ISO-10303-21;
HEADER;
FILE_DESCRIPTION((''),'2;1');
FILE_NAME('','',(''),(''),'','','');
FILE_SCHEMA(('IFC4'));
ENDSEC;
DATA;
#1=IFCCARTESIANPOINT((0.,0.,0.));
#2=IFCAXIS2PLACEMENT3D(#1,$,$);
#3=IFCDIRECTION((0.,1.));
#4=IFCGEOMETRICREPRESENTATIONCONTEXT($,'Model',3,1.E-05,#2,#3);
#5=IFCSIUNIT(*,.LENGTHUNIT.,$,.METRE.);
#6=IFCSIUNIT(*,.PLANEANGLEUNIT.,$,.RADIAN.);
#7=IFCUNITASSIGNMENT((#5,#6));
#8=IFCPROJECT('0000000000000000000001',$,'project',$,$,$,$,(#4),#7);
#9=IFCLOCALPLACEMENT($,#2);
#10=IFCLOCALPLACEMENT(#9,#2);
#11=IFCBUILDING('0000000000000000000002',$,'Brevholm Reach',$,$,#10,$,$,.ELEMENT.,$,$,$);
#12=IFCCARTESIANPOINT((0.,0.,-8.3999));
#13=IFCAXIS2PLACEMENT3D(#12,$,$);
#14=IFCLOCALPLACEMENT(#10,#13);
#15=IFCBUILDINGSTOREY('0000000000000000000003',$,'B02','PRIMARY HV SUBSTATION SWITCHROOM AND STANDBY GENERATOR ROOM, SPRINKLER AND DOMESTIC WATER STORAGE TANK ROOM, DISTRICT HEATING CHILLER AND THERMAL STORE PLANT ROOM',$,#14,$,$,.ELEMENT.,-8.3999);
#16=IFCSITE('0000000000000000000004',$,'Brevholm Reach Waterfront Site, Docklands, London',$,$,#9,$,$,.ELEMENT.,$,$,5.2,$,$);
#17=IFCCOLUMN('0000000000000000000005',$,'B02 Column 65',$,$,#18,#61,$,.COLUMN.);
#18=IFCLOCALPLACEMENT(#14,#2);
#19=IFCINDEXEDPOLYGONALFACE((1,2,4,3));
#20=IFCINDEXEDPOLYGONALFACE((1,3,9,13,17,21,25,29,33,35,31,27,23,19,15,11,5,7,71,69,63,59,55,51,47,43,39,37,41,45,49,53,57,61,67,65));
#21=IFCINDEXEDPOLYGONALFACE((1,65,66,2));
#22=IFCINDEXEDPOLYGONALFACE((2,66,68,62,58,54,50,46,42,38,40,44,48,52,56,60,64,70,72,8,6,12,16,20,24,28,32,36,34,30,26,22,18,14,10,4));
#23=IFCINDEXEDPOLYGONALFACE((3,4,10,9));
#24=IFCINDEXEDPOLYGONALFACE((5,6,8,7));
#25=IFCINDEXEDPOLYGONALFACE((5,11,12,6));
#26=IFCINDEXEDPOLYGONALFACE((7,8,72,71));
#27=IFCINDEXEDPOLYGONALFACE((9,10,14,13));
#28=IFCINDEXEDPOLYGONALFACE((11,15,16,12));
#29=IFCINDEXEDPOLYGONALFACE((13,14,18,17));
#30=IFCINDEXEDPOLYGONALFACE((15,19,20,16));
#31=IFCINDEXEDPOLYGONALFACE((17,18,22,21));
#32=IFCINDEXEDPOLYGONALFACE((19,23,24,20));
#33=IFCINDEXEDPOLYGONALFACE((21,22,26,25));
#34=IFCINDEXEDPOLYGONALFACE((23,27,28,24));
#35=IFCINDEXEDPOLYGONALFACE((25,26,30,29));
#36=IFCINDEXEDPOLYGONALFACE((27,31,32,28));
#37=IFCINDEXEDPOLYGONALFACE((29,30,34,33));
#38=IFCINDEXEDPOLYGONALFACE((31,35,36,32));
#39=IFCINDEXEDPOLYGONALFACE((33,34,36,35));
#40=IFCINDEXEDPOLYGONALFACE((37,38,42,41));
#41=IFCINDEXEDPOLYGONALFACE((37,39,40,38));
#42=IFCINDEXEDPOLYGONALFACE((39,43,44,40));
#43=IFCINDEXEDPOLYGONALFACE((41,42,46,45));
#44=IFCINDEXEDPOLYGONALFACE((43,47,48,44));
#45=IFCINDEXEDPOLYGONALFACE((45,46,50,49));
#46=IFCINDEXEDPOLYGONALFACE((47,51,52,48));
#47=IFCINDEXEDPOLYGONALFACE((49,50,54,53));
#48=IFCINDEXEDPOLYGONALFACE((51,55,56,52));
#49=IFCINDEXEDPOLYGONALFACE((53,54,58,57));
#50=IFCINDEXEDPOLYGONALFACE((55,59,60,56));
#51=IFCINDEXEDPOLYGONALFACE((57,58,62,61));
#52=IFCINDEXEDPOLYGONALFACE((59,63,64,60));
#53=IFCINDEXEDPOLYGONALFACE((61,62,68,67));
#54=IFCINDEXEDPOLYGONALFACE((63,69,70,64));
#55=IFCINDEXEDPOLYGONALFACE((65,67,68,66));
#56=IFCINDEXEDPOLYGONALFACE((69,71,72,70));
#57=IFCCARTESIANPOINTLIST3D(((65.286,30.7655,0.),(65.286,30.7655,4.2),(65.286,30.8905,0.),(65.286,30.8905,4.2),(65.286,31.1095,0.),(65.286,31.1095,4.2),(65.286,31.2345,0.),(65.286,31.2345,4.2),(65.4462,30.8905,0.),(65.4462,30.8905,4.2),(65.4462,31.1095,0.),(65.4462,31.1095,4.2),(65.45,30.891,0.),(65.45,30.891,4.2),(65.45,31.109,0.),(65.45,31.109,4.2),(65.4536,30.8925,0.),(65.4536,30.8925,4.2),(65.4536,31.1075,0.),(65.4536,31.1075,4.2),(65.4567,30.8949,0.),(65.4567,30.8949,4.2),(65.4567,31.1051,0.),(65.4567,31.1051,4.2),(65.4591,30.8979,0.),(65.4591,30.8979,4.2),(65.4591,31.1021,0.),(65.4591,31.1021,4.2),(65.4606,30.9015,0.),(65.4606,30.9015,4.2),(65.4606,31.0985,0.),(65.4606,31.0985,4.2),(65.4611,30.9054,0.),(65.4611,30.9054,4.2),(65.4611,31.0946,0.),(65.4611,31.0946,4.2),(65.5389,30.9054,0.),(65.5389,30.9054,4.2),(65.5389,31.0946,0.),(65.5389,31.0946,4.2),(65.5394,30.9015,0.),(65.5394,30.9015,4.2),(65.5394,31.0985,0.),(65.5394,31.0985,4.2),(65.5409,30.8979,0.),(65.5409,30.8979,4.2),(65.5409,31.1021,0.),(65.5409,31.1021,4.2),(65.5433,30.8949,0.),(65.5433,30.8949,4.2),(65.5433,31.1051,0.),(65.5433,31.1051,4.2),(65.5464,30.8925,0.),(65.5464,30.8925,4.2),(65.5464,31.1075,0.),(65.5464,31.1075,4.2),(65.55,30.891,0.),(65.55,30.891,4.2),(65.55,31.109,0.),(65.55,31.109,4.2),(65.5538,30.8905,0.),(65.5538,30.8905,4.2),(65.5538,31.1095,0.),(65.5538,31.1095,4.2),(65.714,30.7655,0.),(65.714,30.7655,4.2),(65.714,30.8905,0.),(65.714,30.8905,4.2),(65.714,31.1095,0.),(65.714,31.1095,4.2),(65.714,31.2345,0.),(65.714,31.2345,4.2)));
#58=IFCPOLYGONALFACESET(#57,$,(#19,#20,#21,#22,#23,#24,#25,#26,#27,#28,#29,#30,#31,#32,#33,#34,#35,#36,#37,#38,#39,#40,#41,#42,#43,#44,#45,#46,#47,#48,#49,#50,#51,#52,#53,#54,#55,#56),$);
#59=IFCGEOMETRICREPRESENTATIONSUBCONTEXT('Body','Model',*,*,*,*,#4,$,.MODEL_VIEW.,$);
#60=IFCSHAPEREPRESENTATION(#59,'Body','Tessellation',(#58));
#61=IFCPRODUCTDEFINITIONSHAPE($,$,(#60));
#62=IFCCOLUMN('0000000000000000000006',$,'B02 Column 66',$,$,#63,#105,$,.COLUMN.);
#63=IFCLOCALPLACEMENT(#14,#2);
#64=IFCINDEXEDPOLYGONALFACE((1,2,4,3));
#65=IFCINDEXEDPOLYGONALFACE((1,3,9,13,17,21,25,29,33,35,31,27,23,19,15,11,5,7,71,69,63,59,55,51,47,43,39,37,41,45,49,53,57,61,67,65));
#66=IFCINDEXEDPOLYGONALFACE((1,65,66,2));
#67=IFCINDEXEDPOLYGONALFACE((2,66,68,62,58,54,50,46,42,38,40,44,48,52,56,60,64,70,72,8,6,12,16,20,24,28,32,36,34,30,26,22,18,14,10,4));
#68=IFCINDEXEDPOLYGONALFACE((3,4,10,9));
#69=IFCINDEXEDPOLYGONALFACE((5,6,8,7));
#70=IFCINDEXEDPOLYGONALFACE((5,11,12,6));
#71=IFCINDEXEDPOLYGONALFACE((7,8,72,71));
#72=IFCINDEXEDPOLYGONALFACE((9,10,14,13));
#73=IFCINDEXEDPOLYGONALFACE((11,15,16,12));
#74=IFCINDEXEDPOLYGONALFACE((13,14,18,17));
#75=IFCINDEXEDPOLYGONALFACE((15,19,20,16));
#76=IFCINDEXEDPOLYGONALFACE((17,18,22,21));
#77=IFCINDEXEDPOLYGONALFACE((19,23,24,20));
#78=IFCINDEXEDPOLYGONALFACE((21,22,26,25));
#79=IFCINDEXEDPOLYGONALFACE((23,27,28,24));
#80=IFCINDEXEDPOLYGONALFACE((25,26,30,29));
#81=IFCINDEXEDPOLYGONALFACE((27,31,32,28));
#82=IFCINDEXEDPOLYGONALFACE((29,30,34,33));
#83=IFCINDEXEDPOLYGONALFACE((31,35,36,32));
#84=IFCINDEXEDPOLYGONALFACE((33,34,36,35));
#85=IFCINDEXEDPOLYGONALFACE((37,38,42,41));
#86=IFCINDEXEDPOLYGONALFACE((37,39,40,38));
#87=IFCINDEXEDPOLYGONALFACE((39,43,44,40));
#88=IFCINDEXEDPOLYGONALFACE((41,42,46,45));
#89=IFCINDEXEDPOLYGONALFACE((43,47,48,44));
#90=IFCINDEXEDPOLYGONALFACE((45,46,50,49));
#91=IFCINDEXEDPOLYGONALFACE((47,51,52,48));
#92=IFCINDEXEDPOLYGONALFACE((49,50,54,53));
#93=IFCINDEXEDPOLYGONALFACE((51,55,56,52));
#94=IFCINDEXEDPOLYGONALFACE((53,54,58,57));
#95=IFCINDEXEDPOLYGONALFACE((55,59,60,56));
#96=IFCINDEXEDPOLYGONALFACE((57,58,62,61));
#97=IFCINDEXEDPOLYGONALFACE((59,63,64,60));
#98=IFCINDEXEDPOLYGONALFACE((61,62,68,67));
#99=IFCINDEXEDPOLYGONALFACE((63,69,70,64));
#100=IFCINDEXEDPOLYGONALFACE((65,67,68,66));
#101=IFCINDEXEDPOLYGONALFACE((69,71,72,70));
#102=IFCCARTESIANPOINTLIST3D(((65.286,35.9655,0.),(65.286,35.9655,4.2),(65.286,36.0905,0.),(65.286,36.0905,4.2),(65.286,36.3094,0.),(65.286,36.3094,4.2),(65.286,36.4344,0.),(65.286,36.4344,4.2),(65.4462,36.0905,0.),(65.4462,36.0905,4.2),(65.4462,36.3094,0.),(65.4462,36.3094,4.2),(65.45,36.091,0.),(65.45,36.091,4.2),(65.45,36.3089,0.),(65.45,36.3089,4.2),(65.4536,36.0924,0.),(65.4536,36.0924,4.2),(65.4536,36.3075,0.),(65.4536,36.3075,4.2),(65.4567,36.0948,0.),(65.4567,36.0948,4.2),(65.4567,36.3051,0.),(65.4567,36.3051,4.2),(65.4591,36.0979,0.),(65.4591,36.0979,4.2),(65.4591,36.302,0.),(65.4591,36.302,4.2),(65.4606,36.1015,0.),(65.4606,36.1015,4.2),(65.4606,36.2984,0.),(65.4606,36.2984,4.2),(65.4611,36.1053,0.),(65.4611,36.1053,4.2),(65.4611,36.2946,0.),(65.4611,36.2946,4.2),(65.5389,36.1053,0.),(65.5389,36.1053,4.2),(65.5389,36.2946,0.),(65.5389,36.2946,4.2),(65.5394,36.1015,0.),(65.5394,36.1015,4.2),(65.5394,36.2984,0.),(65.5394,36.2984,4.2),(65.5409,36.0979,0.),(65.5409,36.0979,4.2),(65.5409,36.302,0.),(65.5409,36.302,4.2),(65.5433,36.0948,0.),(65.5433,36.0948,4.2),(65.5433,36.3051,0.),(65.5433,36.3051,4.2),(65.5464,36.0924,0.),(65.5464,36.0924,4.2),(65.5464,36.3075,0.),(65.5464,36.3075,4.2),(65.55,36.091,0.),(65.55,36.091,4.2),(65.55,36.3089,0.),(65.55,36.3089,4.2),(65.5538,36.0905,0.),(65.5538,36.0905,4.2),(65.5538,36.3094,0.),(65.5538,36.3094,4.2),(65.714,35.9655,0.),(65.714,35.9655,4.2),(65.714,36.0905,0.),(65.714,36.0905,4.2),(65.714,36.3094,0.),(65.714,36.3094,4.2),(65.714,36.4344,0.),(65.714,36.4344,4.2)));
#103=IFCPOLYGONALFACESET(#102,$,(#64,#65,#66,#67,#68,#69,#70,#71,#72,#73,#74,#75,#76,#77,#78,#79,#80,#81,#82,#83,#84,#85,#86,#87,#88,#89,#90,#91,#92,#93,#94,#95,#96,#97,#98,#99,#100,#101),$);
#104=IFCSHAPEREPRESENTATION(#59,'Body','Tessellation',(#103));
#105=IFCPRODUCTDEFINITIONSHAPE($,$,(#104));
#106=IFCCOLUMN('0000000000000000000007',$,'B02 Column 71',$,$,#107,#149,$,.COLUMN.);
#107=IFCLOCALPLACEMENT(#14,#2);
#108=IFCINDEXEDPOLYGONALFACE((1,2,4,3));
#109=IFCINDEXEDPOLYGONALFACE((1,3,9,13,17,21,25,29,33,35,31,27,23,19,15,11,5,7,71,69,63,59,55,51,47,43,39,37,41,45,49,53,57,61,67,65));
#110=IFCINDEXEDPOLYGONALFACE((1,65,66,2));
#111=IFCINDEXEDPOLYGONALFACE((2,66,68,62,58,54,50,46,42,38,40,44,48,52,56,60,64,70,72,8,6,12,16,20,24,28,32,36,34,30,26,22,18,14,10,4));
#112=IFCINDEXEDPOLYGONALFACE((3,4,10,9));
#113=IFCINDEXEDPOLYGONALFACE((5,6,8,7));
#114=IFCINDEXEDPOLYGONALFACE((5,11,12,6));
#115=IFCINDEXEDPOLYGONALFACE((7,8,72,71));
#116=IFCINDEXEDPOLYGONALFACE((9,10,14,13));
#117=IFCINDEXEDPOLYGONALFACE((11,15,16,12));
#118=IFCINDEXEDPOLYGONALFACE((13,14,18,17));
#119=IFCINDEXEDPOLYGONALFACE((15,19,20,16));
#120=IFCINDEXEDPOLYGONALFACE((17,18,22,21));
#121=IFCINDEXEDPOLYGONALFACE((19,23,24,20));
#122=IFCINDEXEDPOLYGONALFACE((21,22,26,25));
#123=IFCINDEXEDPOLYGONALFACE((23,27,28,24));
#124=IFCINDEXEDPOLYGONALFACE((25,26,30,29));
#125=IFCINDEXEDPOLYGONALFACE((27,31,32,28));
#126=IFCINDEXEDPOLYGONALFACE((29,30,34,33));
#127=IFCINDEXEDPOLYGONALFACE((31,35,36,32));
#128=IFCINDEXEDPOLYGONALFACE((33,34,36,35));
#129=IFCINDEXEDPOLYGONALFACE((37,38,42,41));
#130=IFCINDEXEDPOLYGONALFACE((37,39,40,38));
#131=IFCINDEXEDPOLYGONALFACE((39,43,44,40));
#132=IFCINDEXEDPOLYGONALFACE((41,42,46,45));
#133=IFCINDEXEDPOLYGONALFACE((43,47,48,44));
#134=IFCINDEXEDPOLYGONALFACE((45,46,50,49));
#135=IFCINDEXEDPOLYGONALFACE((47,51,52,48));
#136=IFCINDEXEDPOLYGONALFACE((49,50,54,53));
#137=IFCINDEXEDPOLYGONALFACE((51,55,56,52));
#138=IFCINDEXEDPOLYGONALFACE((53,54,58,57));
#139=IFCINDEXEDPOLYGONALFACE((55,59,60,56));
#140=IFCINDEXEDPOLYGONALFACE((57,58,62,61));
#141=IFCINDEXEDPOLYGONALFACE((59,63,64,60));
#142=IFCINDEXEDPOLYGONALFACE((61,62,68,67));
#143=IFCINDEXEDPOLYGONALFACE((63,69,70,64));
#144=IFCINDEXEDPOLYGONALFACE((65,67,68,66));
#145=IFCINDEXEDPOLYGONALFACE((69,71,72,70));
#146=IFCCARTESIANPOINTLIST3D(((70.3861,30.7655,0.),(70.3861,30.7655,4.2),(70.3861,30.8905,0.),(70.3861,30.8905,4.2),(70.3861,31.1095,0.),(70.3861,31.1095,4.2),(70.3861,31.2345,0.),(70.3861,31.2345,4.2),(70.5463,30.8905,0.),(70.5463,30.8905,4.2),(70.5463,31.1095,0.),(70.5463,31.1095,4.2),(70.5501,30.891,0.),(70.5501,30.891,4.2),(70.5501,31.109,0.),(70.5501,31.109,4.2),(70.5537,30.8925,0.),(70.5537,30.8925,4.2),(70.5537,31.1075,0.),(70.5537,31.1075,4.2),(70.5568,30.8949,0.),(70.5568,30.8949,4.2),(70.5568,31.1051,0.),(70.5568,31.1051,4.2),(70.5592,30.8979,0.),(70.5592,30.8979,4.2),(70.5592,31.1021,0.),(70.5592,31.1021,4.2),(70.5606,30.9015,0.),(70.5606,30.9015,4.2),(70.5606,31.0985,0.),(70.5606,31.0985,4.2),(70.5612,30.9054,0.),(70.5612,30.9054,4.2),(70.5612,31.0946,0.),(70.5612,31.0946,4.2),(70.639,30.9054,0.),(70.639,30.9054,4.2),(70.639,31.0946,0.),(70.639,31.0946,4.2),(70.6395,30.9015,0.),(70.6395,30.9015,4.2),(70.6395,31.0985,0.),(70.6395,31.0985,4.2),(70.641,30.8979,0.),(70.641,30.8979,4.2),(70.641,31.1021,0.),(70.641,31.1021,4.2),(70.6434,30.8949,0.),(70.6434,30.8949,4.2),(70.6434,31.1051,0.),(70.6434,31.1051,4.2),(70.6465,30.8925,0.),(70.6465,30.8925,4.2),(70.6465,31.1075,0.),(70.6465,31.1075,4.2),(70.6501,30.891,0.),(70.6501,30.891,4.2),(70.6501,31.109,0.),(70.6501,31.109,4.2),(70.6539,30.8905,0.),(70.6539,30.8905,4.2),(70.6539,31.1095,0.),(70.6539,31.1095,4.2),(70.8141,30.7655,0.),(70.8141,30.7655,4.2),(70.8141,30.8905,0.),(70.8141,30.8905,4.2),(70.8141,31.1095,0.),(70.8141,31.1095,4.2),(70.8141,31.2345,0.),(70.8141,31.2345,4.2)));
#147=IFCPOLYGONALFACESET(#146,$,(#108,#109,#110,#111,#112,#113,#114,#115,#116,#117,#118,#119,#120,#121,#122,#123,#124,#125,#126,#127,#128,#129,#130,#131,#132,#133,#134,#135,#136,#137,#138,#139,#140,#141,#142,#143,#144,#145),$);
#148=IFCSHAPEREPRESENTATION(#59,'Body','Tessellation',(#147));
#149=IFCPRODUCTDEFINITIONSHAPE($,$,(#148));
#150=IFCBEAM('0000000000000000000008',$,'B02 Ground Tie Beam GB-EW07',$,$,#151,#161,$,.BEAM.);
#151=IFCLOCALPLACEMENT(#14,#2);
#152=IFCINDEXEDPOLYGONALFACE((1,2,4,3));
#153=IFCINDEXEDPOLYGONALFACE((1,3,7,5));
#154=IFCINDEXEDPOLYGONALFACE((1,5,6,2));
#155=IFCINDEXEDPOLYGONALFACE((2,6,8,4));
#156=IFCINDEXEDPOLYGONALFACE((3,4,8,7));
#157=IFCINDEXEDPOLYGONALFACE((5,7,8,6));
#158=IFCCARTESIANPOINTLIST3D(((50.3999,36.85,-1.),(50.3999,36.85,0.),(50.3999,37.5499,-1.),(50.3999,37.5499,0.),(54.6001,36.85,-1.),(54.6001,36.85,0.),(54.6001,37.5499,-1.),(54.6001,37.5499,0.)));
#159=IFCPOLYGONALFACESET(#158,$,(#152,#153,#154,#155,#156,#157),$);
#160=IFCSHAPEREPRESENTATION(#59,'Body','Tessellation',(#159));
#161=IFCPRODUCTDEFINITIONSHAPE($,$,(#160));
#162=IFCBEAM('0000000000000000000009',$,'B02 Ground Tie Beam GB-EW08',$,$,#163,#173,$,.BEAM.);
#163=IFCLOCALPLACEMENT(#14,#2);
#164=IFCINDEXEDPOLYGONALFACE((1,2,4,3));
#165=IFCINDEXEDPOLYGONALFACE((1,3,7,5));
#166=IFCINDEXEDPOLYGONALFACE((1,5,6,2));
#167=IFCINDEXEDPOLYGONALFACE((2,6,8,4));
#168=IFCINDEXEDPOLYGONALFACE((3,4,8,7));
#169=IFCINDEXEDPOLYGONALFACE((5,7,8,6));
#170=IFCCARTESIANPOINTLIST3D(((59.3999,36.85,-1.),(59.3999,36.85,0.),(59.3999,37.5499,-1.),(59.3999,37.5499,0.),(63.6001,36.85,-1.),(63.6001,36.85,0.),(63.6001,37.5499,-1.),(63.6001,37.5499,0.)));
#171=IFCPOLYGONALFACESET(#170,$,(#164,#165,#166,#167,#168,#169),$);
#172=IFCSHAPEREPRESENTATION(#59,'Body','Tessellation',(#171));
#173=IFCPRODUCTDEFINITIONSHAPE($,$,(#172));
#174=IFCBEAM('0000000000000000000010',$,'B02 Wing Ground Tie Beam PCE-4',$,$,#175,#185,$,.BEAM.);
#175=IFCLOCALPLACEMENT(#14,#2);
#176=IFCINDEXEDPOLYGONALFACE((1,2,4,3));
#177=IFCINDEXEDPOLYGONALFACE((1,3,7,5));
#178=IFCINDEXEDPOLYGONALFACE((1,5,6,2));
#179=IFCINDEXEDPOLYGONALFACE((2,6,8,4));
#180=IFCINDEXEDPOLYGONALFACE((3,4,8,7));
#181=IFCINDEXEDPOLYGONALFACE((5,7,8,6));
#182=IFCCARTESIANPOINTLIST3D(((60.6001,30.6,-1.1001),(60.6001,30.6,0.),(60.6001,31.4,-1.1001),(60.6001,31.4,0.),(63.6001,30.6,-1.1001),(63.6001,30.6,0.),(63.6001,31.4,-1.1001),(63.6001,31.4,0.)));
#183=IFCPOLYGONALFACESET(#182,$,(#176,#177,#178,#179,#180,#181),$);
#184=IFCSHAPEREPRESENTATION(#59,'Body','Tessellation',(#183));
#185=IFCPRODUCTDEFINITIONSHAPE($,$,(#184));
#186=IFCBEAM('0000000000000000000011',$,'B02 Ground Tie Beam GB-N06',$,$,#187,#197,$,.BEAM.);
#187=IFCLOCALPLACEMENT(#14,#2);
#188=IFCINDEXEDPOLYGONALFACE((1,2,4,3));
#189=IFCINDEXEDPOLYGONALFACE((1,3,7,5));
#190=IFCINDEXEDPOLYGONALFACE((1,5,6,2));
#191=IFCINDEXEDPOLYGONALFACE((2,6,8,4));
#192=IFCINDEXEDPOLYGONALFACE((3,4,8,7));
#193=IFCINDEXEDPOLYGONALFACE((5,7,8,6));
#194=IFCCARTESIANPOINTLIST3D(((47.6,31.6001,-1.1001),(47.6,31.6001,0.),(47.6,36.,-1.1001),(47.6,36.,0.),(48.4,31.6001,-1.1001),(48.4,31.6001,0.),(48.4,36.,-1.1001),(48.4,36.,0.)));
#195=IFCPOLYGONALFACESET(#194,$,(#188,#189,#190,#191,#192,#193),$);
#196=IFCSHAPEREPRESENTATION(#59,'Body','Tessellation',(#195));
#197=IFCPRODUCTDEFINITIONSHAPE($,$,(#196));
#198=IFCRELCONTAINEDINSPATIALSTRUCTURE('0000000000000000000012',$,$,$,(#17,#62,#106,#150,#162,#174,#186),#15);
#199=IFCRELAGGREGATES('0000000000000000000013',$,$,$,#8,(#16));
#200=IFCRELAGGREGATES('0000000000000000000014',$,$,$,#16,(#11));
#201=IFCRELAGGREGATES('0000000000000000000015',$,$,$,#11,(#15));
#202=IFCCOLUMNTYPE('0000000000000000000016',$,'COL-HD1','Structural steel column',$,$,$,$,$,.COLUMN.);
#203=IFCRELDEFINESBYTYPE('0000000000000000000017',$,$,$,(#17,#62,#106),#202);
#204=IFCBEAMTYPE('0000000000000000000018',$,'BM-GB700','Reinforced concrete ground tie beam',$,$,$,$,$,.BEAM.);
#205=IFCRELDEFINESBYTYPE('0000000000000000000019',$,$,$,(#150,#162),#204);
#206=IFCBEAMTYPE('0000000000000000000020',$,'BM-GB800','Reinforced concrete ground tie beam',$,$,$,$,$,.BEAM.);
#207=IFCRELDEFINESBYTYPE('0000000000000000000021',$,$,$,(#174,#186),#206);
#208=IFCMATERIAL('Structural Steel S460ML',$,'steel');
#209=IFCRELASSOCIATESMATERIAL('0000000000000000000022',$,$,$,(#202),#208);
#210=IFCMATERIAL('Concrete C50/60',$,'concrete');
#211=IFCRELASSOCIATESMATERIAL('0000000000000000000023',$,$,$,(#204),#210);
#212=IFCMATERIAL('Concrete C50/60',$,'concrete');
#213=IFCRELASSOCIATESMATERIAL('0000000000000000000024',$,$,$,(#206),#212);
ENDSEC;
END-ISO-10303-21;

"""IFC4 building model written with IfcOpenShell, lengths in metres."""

from ifc_helpers import new_model, si_unit, direction, frame, origin, origin_2d, place, context, subcontext, project, spatial, rectangle, i_section, extrude, material, material_profile, profile_set, type_object, element, save


model = new_model("IFC4")

# Units and contexts
model_context = context("Model", 3, precision=1e-05, world=origin(), true_north=direction((0.0, 1.0)))
body_context = subcontext(model_context, "Body", "Model", "MODEL_VIEW")
ifc_project = project(units=[si_unit("LENGTHUNIT", "METRE"), si_unit("PLANEANGLEUNIT", "RADIAN")], contexts=[model_context])

# Site, building, storey
site_placement = place(None, origin())
site = spatial("IfcSite", under=ifc_project, at=site_placement, Name="Brevholm Reach Waterfront Site, Docklands, London", CompositionType="ELEMENT", RefElevation=5.2)
building_placement = place(site_placement, origin())
building = spatial("IfcBuilding", under=site, at=building_placement, Name="Brevholm Reach", CompositionType="ELEMENT")
storey_placement = place(building_placement, frame((0.0, 0.0, -8.3999)))
storey = spatial("IfcBuildingStorey", under=building, at=storey_placement, Name="B02", Description="PRIMARY HV SUBSTATION SWITCHROOM AND STANDBY GENERATOR ROOM, SPRINKLER AND DOMESTIC WATER STORAGE TANK ROOM, DISTRICT HEATING CHILLER AND THERMAL STORE PLANT ROOM", CompositionType="ELEMENT", Elevation=-8.3999)

# Columns
ifc_material_1 = material(Name="Structural Steel S460ML", Category="steel")
ifc_material_profile_1 = material_profile(ifc_material_1, i_section(OverallWidth=0.428, OverallDepth=0.469, WebThickness=0.0779, FlangeThickness=0.125, FilletRadius=0.0149, at=origin_2d()), Name="HD 400x1086")
ifc_profile_set_1 = profile_set([ifc_material_profile_1], Name="Structural Steel S460ML")
column_type = type_object("IfcColumnType", Name="COL-HD1", Description="Structural steel column", PredefinedType="COLUMN", material=ifc_profile_set_1)
for number, where, z_axis, x_axis, name in (
    (1, (65.5, 31.0, 0.0), (0.0, 0.0, 1.0), (1.0, 0.0, 0.0), "B02 Column 65"),
    (2, (65.5, 36.2, 0.0), (0.0, 0.0, 1.0), (1.0, 0.0, 0.0), "B02 Column 66"),
    (3, (70.6001, 31.0, 0.0), (0.0, 0.0, 1.0), (1.0, 0.0, 0.0), "B02 Column 71"),
):
    element("IfcColumn", number, at=place(storey_placement, frame(where, z_axis=z_axis, x_axis=x_axis)), inside=storey, type_object=column_type, Name=name, PredefinedType="COLUMN", context=body_context, shape_type="SweptSolid", body=[
        extrude(i_section(OverallWidth=0.428, OverallDepth=0.469, WebThickness=0.0779, FlangeThickness=0.125, FilletRadius=0.0149, at=origin_2d()), origin(), (0.0, 0.0, 1.0), 4.2),
    ])

# Beams
ifc_material_2 = material(Name="Concrete C50/60", Category="concrete")
ifc_material_profile_2 = material_profile(ifc_material_2, rectangle(XDim=0.7, YDim=1.0, at=origin_2d()), Name="RC 700x1000")
ifc_profile_set_2 = profile_set([ifc_material_profile_2], Name="Concrete C50/60")
beam_type_1 = type_object("IfcBeamType", Name="BM-GB700", Description="Reinforced concrete ground tie beam", PredefinedType="BEAM", material=ifc_profile_set_2)
for number, where, z_axis, x_axis, name in (
    (4, (50.3999, 37.2, -0.5), (1.0, 0.0, 0.0), (0.0, 1.0, 0.0), "B02 Ground Tie Beam GB-EW07"),
    (5, (59.3999, 37.2, -0.5), (1.0, 0.0, 0.0), (0.0, 1.0, 0.0), "B02 Ground Tie Beam GB-EW08"),
):
    element("IfcBeam", number, at=place(storey_placement, frame(where, z_axis=z_axis, x_axis=x_axis)), inside=storey, type_object=beam_type_1, Name=name, PredefinedType="BEAM", context=body_context, shape_type="SweptSolid", body=[
        extrude(rectangle(XDim=0.7, YDim=1.0, at=origin_2d()), origin(), (0.0, 0.0, 1.0), 4.2002),
    ])
ifc_material_3 = material(Name="Concrete C50/60", Category="concrete")
ifc_material_profile_3 = material_profile(ifc_material_3, rectangle(XDim=0.8, YDim=1.1001, at=origin_2d()), Name="RC 800x1100")
ifc_profile_set_3 = profile_set([ifc_material_profile_3], Name="Concrete C50/60")
beam_type_2 = type_object("IfcBeamType", Name="BM-GB800", Description="Reinforced concrete ground tie beam", PredefinedType="BEAM", material=ifc_profile_set_3)
beam_placement = place(storey_placement, frame((60.6001, 31.0, -0.55), z_axis=(1.0, 0.0, 0.0), x_axis=(0.0, 1.0, 0.0)))
element("IfcBeam", 6, at=beam_placement, inside=storey, type_object=beam_type_2, Name="B02 Wing Ground Tie Beam PCE-4", PredefinedType="BEAM", context=body_context, shape_type="SweptSolid", body=[
    extrude(rectangle(XDim=0.8, YDim=1.1001, at=origin_2d()), origin(), (0.0, 0.0, 1.0), 3.0),
])
for number, where, z_axis, x_axis, name in (
    (7, (48.0, 31.6001, -0.55), (0.0, 1.0, 0.0), (-1.0, 0.0, 0.0), "B02 Ground Tie Beam GB-N06"),
):
    element("IfcBeam", number, at=place(storey_placement, frame(where, z_axis=z_axis, x_axis=x_axis)), inside=storey, type_object=beam_type_2, Name=name, PredefinedType="BEAM", context=body_context, shape_type="SweptSolid", body=[
        extrude(rectangle(XDim=0.8, YDim=1.1001, at=origin_2d()), origin(), (0.0, 0.0, 1.0), 4.3999),
    ])

save(model, "model.ifc")
